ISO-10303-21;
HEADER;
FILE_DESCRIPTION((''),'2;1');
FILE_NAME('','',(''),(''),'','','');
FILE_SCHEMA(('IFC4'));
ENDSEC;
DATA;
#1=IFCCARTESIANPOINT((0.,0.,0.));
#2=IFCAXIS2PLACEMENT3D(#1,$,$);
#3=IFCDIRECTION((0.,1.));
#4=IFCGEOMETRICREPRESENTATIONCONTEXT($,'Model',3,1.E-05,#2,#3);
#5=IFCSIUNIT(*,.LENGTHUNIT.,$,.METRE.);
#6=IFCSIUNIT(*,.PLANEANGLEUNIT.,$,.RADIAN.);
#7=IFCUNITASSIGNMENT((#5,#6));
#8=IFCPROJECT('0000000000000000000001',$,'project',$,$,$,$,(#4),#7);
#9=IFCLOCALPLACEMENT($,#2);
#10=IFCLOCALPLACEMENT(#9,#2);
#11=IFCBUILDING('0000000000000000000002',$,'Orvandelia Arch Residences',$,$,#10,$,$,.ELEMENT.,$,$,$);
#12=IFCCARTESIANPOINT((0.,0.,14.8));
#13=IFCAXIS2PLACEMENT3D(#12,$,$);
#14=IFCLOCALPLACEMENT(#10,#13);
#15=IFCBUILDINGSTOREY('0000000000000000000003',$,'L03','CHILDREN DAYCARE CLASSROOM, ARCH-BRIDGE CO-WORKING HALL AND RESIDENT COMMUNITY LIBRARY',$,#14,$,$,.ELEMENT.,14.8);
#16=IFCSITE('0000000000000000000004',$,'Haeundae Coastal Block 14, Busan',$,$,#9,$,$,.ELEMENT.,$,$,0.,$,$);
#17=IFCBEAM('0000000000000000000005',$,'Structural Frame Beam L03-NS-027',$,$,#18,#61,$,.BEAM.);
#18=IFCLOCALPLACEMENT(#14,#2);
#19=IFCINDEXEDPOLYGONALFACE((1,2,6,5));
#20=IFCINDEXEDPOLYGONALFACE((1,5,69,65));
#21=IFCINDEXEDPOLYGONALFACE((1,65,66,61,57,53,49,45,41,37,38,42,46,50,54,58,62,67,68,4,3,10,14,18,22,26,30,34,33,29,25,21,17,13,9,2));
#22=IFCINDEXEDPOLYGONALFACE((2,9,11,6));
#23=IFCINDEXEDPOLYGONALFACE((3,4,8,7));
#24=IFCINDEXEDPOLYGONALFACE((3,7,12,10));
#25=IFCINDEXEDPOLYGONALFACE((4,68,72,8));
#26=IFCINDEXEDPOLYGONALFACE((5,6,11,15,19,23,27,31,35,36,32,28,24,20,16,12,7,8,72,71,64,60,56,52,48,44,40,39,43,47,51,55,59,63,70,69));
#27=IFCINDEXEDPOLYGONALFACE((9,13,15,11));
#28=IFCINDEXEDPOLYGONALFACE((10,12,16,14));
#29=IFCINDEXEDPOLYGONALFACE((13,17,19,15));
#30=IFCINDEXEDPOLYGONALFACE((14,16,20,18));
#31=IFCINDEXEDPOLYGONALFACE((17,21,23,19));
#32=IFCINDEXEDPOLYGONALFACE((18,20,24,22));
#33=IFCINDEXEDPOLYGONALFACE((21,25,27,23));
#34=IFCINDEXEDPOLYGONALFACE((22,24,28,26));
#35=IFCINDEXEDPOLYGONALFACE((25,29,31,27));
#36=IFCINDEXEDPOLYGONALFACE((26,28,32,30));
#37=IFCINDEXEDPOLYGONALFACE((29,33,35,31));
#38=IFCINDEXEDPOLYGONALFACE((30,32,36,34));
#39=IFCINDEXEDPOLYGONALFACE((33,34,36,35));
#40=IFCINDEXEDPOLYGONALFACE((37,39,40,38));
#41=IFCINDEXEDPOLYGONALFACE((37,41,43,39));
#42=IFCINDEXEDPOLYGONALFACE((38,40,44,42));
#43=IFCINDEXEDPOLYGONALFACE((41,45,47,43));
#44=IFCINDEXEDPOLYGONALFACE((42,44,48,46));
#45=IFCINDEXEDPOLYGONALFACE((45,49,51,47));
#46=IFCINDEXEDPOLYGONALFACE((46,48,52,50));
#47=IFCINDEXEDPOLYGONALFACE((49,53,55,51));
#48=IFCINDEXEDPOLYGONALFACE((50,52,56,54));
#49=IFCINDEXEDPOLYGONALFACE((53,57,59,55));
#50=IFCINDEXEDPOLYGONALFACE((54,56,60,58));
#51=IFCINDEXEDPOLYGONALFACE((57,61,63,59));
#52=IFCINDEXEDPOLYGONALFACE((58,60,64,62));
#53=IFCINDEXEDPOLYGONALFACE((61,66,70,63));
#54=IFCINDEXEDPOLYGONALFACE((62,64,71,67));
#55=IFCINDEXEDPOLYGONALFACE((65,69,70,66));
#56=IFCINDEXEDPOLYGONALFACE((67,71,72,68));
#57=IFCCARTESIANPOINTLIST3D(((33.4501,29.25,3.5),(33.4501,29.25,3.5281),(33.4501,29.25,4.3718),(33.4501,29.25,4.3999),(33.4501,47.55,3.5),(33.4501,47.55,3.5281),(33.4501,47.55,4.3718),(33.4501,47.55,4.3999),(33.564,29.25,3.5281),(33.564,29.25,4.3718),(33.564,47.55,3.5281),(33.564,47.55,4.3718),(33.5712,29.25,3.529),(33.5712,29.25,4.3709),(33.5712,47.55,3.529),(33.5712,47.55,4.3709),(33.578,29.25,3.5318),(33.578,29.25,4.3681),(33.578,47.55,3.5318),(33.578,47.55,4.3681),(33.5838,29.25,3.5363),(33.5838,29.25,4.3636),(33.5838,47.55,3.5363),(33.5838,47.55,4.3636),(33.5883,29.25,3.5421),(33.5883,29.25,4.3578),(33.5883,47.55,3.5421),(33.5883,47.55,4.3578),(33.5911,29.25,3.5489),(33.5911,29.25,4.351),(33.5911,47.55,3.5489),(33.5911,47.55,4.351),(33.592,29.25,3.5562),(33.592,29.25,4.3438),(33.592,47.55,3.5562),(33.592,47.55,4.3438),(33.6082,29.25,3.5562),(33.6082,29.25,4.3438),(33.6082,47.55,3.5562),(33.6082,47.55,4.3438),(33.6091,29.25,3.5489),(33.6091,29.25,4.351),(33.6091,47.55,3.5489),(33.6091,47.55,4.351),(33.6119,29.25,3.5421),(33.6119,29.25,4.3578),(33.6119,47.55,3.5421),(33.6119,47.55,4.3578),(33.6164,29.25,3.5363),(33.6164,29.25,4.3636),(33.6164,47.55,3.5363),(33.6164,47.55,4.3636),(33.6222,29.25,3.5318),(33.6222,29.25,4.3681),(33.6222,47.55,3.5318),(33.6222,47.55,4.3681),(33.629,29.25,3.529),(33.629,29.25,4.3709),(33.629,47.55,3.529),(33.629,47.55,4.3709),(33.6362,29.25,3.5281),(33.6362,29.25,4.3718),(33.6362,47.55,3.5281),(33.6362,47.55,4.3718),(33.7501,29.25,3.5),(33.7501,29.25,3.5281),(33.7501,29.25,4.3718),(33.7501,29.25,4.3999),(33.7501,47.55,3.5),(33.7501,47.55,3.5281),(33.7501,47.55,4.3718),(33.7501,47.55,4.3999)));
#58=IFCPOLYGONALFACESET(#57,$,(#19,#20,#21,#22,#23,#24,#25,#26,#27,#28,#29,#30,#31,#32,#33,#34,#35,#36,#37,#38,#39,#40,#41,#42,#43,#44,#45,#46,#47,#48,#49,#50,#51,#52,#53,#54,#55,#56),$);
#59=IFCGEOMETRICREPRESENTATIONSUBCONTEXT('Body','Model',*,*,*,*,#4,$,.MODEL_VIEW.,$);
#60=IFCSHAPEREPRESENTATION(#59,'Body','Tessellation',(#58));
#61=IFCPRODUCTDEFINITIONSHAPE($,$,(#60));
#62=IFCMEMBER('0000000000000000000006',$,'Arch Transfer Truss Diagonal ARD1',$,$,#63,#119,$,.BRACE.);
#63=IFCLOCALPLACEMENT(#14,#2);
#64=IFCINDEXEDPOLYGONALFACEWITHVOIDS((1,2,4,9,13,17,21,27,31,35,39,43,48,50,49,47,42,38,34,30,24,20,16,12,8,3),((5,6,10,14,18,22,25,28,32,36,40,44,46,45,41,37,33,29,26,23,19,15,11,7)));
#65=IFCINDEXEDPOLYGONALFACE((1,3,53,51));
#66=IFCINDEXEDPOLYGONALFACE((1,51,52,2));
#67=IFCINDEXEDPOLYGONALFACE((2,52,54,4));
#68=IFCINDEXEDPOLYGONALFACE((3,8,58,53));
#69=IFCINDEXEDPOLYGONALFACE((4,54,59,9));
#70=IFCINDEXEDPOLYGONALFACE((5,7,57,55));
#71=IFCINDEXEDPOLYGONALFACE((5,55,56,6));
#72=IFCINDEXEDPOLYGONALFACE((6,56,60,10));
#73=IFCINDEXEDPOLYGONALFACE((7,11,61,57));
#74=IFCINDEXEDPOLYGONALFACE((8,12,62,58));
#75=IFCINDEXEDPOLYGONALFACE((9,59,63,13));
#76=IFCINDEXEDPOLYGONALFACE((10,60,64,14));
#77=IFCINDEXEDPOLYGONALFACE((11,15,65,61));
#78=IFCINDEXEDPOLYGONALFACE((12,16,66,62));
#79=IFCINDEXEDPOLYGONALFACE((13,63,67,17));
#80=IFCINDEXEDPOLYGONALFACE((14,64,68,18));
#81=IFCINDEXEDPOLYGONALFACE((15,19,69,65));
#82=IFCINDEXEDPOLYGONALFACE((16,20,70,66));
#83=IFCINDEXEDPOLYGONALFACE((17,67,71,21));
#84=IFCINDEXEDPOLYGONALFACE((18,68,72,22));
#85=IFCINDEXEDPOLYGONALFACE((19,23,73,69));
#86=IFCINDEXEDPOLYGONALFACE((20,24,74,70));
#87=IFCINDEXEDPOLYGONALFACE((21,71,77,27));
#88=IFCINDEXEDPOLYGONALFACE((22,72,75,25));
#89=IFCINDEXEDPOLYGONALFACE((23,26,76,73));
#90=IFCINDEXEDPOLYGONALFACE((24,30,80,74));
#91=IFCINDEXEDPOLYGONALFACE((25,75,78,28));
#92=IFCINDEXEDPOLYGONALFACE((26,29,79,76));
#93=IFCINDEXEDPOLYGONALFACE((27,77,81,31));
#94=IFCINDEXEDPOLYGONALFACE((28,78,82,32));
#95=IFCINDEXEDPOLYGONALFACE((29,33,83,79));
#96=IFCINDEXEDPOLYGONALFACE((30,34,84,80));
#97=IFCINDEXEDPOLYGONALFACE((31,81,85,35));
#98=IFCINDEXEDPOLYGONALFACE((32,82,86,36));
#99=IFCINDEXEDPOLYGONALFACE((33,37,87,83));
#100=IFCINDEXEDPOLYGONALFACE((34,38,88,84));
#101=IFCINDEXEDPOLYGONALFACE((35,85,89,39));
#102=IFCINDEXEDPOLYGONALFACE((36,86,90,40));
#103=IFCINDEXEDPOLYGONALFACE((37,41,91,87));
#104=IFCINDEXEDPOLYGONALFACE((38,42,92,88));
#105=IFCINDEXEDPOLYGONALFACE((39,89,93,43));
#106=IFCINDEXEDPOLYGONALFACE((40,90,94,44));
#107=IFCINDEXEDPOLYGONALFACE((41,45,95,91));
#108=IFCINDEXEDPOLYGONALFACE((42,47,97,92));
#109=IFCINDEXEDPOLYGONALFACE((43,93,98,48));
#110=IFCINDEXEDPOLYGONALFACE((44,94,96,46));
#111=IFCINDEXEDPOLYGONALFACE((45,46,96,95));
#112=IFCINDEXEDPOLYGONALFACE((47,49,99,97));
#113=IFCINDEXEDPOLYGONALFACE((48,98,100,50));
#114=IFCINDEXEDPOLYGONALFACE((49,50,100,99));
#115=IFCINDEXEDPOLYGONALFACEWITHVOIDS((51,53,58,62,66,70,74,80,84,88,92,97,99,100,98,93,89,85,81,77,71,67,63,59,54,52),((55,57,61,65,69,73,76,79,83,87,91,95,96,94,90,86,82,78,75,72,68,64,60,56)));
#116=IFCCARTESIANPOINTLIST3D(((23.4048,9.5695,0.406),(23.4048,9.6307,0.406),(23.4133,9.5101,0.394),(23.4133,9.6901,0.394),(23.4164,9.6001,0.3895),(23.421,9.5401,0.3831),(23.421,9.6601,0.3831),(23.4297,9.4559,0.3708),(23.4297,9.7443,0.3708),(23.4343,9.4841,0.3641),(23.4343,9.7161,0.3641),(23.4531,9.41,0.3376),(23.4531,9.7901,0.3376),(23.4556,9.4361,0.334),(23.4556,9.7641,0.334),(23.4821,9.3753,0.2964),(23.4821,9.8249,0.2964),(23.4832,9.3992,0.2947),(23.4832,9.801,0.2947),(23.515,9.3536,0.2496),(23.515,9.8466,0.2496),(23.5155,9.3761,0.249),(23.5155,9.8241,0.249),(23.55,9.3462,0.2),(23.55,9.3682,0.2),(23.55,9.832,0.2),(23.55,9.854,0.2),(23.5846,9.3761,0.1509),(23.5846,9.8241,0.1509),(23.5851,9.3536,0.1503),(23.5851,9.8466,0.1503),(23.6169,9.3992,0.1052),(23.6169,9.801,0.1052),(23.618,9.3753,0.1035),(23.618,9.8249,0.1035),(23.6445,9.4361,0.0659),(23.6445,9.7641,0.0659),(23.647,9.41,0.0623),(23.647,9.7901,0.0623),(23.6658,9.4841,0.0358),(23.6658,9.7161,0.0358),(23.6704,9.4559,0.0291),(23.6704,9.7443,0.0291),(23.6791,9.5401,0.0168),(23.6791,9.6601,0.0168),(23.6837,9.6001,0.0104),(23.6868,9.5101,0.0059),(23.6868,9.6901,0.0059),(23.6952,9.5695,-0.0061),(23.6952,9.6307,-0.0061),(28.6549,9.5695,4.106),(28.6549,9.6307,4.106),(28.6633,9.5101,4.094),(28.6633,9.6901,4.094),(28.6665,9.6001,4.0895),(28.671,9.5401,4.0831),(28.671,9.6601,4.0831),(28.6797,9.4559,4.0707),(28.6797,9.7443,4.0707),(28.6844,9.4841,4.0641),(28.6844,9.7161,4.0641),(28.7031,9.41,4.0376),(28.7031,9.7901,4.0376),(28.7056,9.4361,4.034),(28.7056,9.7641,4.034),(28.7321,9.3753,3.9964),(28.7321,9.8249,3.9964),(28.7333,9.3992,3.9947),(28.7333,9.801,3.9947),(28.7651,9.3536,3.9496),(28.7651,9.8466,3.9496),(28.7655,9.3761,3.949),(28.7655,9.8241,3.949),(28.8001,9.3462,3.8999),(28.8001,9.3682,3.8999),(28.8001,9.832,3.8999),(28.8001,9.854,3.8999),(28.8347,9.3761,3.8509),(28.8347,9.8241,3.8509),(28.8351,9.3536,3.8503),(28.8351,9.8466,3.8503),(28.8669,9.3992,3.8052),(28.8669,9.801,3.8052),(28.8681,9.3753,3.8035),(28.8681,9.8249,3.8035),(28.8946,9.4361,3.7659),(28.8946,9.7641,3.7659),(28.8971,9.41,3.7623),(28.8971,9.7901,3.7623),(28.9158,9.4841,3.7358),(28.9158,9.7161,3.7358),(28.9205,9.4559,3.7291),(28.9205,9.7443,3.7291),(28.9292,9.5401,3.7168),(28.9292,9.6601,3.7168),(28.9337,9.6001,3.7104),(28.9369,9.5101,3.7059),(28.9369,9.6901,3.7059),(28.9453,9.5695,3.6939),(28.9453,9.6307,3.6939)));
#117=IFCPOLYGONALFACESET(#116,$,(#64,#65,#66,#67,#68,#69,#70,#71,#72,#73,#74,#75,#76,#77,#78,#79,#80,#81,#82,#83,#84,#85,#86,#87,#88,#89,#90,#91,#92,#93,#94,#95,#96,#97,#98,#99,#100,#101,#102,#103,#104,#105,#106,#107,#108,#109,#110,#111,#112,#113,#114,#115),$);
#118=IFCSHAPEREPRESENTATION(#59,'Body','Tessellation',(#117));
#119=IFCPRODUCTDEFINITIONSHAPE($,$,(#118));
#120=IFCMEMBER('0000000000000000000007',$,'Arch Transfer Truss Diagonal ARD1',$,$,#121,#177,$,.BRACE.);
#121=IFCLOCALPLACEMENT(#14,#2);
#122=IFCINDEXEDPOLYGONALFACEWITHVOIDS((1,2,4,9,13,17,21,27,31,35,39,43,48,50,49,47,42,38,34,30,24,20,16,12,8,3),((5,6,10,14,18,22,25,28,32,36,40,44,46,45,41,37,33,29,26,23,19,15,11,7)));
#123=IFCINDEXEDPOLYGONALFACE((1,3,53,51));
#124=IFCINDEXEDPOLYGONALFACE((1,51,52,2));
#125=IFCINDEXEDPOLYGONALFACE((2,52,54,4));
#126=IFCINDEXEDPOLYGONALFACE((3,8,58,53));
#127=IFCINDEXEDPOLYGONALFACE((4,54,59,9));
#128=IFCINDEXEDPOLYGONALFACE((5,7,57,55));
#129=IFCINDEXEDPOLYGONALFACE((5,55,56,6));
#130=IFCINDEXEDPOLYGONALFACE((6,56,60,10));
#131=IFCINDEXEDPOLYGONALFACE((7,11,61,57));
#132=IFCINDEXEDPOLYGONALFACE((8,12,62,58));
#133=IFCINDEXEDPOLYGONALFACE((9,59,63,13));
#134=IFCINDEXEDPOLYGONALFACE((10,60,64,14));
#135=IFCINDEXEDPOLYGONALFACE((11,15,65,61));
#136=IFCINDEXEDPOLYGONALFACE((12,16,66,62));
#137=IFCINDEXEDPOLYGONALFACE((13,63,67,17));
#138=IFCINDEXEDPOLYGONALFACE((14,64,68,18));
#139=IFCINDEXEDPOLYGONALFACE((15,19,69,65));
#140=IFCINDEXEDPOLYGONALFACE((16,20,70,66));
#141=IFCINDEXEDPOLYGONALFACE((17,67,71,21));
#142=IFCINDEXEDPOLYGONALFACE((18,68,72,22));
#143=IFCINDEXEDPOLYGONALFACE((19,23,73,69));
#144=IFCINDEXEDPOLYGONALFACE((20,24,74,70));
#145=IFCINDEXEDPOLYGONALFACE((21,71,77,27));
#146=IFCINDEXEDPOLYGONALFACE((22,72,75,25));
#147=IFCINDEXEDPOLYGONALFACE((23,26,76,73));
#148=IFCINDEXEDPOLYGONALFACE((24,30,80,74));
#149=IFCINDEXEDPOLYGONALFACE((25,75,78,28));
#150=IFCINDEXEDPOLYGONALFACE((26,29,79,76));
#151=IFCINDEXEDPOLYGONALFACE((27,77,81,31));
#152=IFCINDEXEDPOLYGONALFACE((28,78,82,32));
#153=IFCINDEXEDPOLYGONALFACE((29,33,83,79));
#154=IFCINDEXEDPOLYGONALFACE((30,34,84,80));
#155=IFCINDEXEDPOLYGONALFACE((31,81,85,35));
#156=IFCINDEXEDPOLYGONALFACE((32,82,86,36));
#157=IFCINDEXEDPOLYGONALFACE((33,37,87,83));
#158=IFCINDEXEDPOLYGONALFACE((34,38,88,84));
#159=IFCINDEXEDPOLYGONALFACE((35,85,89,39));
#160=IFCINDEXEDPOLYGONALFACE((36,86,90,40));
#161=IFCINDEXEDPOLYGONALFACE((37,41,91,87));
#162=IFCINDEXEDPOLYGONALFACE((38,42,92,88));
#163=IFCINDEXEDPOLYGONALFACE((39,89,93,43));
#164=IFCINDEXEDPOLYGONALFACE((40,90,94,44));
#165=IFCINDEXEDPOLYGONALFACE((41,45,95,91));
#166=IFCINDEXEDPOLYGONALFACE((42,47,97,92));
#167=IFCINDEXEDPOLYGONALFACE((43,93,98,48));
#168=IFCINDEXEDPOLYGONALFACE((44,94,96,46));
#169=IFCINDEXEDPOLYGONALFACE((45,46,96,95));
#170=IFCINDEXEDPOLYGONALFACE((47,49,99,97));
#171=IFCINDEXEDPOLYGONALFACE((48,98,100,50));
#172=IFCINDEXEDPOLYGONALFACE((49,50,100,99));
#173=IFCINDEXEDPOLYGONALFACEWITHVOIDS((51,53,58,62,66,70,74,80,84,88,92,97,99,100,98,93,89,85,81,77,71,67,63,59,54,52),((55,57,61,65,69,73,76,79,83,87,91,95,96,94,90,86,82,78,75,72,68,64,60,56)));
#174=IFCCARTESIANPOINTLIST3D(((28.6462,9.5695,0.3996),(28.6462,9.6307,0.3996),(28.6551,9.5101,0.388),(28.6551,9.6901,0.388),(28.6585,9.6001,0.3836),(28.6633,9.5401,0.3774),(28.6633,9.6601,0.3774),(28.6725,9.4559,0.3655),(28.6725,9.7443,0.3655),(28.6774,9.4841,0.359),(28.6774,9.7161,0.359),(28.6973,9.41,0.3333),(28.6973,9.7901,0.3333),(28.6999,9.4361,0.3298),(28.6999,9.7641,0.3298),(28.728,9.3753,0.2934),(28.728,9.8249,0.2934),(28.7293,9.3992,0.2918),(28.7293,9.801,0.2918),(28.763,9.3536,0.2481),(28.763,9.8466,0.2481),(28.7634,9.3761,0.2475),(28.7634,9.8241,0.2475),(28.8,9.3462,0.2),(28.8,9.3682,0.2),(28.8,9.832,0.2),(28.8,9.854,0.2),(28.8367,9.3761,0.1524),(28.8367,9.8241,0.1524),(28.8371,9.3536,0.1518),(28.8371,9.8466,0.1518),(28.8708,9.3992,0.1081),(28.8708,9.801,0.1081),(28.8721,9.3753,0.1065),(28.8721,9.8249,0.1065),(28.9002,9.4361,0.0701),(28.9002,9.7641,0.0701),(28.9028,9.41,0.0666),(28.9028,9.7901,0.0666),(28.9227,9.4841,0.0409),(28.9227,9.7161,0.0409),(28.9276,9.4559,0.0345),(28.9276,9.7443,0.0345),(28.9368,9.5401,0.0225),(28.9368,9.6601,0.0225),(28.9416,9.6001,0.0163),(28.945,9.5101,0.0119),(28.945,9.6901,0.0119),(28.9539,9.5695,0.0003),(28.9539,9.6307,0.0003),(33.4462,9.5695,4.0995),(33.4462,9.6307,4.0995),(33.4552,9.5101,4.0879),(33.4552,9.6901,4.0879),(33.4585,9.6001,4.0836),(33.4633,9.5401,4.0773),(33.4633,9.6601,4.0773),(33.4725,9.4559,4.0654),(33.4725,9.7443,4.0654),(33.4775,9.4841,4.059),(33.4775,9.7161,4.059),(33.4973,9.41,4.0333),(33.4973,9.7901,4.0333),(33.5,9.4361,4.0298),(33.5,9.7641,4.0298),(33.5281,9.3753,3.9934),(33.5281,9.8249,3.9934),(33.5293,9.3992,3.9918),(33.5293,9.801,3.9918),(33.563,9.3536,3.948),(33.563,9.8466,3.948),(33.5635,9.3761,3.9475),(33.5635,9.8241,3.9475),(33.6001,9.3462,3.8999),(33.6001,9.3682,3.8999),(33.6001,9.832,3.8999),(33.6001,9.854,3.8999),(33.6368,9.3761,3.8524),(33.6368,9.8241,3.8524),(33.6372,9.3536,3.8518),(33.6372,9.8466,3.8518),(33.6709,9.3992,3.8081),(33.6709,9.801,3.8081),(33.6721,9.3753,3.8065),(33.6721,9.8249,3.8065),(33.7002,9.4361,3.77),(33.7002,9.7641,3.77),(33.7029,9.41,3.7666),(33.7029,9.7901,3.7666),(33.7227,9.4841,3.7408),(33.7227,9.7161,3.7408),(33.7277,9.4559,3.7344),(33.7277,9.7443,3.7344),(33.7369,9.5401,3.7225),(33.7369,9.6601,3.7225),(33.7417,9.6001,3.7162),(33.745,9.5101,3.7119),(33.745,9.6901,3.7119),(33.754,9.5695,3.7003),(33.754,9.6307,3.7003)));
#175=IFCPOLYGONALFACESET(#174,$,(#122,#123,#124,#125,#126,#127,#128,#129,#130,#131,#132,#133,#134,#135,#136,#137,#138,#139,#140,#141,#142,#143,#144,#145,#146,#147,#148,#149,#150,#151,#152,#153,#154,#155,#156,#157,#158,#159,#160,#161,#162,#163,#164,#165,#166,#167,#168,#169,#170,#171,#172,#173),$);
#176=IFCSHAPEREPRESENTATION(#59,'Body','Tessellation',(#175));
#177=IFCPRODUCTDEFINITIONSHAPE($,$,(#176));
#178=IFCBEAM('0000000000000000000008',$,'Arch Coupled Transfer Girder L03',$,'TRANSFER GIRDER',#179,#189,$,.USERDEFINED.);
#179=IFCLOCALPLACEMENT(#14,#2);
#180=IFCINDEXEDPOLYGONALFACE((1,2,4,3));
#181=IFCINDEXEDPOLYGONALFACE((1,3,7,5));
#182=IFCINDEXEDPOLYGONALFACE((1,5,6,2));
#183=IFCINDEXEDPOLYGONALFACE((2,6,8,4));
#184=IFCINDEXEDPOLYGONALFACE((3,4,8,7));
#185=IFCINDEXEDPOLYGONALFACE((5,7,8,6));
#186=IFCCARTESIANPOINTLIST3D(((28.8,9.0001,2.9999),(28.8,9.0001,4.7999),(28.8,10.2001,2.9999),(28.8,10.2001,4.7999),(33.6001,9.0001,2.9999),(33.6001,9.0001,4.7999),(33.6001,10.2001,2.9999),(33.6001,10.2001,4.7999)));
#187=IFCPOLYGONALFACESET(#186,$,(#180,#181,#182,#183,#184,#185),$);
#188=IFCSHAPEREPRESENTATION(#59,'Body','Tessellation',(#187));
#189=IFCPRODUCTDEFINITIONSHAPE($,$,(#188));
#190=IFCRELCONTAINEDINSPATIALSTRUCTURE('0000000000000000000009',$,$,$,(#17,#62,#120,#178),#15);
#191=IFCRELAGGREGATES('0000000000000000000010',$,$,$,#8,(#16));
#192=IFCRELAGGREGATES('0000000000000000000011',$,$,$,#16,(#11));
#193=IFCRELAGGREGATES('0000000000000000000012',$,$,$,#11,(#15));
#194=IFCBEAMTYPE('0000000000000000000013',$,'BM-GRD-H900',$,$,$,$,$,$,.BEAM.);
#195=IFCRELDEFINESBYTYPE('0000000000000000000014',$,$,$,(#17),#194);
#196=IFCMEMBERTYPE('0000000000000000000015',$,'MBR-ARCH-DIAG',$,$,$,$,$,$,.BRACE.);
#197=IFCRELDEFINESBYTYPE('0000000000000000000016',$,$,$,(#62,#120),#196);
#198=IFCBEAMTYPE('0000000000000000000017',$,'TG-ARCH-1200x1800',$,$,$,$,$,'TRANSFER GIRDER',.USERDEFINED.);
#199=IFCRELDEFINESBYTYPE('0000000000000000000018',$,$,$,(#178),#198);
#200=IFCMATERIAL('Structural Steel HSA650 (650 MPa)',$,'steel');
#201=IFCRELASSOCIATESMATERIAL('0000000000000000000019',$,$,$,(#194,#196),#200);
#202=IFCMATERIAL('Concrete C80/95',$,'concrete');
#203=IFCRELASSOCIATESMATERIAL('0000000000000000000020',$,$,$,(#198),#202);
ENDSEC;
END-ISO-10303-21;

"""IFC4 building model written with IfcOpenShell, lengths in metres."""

from ifc_helpers import new_model, si_unit, direction, frame, origin, origin_2d, place, context, subcontext, project, spatial, rectangle, hollow_circle, i_section, extrude, material, material_profile, profile_set, type_object, element, save


model = new_model("IFC4")

# Units and contexts
model_context = context("Model", 3, precision=1e-05, world=origin(), true_north=direction((0.0, 1.0)))
body_context = subcontext(model_context, "Body", "Model", "MODEL_VIEW")
ifc_project = project(units=[si_unit("LENGTHUNIT", "METRE"), si_unit("PLANEANGLEUNIT", "RADIAN")], contexts=[model_context])

# Site, building, storey
site_placement = place(None, origin())
site = spatial("IfcSite", under=ifc_project, at=site_placement, Name="Haeundae Coastal Block 14, Busan", CompositionType="ELEMENT", RefElevation=0.0)
building_placement = place(site_placement, origin())
building = spatial("IfcBuilding", under=site, at=building_placement, Name="Orvandelia Arch Residences", CompositionType="ELEMENT")
storey_placement = place(building_placement, frame((0.0, 0.0, 14.8)))
storey = spatial("IfcBuildingStorey", under=building, at=storey_placement, Name="L03", Description="CHILDREN DAYCARE CLASSROOM, ARCH-BRIDGE CO-WORKING HALL AND RESIDENT COMMUNITY LIBRARY", CompositionType="ELEMENT", Elevation=14.8)

# Shared definitions
ifc_material_1 = material(Name="Structural Steel HSA650 (650 MPa)", Category="steel")

# Beam
ifc_material_profile_1 = material_profile(ifc_material_1, i_section(OverallWidth=0.3, OverallDepth=0.8999, WebThickness=0.0161, FlangeThickness=0.0281, FilletRadius=0.0281, at=origin_2d()), Name="Structural Steel HSA650 (650 MPa)", Category="steel")
ifc_profile_set_1 = profile_set([ifc_material_profile_1], Name="Structural Steel HSA650 (650 MPa)")
beam_type_1 = type_object("IfcBeamType", Name="BM-GRD-H900", PredefinedType="BEAM", material=ifc_profile_set_1)
beam_1_placement = place(storey_placement, frame((33.6001, 29.25, 3.95), z_axis=(0.0, 1.0, 0.0), x_axis=(-1.0, 0.0, 0.0)))
element("IfcBeam", 1, at=beam_1_placement, inside=storey, type_object=beam_type_1, Name="Structural Frame Beam L03-NS-027", PredefinedType="BEAM", context=body_context, shape_type="SweptSolid", body=[
    extrude(i_section(OverallWidth=0.3, OverallDepth=0.8999, WebThickness=0.0161, FlangeThickness=0.0281, FilletRadius=0.0281, at=origin_2d()), origin(), (0.0, 0.0, 1.0), 18.3),
])

# Members
ifc_material_profile_2 = material_profile(ifc_material_1, hollow_circle(Radius=0.2539, WallThickness=0.022, at=origin_2d()), Name="Structural Steel HSA650 (650 MPa)", Category="steel")
ifc_profile_set_2 = profile_set([ifc_material_profile_2], Name="Structural Steel HSA650 (650 MPa)")
member_type = type_object("IfcMemberType", Name="MBR-ARCH-DIAG", PredefinedType="BRACE", material=ifc_profile_set_2)
member_1_placement = place(storey_placement, frame((23.55, 9.6001, 0.2), z_axis=(0.817403, 0.0, 0.576067), x_axis=(0.0, 1.0, 0.0)))
element("IfcMember", 2, at=member_1_placement, inside=storey, type_object=member_type, Name="Arch Transfer Truss Diagonal ARD1", PredefinedType="BRACE", context=body_context, shape_type="SweptSolid", body=[
    extrude(hollow_circle(Radius=0.2539, WallThickness=0.022, at=origin_2d()), origin(), (0.0, 0.0, 1.0), 6.4229),
])
member_2_placement = place(storey_placement, frame((28.8, 9.6001, 0.2), z_axis=(0.792017, 0.0, 0.610499), x_axis=(0.0, 1.0, 0.0)))
element("IfcMember", 3, at=member_2_placement, inside=storey, type_object=member_type, Name="Arch Transfer Truss Diagonal ARD1", PredefinedType="BRACE", context=body_context, shape_type="SweptSolid", body=[
    extrude(hollow_circle(Radius=0.2539, WallThickness=0.022, at=origin_2d()), origin(), (0.0, 0.0, 1.0), 6.0605),
])

# Beam
ifc_material_2 = material(Name="Concrete C80/95", Category="concrete")
ifc_material_profile_3 = material_profile(ifc_material_2, rectangle(XDim=1.2, YDim=1.8, at=origin_2d()), Name="Concrete C80/95", Category="concrete")
ifc_profile_set_3 = profile_set([ifc_material_profile_3], Name="Concrete C80/95")
beam_type_2 = type_object("IfcBeamType", Name="TG-ARCH-1200x1800", ElementType="TRANSFER GIRDER", PredefinedType="USERDEFINED", material=ifc_profile_set_3)
beam_2_placement = place(storey_placement, frame((28.8, 9.6001, 3.8999), z_axis=(1.0, 0.0, 0.0), x_axis=(0.0, 1.0, 0.0)))
element("IfcBeam", 4, at=beam_2_placement, inside=storey, type_object=beam_type_2, Name="Arch Coupled Transfer Girder L03", ObjectType="TRANSFER GIRDER", PredefinedType="USERDEFINED", context=body_context, shape_type="SweptSolid", body=[
    extrude(rectangle(XDim=1.2, YDim=1.8, at=origin_2d()), origin(), (0.0, 0.0, 1.0), 4.8),
])

save(model, "model.ifc")
